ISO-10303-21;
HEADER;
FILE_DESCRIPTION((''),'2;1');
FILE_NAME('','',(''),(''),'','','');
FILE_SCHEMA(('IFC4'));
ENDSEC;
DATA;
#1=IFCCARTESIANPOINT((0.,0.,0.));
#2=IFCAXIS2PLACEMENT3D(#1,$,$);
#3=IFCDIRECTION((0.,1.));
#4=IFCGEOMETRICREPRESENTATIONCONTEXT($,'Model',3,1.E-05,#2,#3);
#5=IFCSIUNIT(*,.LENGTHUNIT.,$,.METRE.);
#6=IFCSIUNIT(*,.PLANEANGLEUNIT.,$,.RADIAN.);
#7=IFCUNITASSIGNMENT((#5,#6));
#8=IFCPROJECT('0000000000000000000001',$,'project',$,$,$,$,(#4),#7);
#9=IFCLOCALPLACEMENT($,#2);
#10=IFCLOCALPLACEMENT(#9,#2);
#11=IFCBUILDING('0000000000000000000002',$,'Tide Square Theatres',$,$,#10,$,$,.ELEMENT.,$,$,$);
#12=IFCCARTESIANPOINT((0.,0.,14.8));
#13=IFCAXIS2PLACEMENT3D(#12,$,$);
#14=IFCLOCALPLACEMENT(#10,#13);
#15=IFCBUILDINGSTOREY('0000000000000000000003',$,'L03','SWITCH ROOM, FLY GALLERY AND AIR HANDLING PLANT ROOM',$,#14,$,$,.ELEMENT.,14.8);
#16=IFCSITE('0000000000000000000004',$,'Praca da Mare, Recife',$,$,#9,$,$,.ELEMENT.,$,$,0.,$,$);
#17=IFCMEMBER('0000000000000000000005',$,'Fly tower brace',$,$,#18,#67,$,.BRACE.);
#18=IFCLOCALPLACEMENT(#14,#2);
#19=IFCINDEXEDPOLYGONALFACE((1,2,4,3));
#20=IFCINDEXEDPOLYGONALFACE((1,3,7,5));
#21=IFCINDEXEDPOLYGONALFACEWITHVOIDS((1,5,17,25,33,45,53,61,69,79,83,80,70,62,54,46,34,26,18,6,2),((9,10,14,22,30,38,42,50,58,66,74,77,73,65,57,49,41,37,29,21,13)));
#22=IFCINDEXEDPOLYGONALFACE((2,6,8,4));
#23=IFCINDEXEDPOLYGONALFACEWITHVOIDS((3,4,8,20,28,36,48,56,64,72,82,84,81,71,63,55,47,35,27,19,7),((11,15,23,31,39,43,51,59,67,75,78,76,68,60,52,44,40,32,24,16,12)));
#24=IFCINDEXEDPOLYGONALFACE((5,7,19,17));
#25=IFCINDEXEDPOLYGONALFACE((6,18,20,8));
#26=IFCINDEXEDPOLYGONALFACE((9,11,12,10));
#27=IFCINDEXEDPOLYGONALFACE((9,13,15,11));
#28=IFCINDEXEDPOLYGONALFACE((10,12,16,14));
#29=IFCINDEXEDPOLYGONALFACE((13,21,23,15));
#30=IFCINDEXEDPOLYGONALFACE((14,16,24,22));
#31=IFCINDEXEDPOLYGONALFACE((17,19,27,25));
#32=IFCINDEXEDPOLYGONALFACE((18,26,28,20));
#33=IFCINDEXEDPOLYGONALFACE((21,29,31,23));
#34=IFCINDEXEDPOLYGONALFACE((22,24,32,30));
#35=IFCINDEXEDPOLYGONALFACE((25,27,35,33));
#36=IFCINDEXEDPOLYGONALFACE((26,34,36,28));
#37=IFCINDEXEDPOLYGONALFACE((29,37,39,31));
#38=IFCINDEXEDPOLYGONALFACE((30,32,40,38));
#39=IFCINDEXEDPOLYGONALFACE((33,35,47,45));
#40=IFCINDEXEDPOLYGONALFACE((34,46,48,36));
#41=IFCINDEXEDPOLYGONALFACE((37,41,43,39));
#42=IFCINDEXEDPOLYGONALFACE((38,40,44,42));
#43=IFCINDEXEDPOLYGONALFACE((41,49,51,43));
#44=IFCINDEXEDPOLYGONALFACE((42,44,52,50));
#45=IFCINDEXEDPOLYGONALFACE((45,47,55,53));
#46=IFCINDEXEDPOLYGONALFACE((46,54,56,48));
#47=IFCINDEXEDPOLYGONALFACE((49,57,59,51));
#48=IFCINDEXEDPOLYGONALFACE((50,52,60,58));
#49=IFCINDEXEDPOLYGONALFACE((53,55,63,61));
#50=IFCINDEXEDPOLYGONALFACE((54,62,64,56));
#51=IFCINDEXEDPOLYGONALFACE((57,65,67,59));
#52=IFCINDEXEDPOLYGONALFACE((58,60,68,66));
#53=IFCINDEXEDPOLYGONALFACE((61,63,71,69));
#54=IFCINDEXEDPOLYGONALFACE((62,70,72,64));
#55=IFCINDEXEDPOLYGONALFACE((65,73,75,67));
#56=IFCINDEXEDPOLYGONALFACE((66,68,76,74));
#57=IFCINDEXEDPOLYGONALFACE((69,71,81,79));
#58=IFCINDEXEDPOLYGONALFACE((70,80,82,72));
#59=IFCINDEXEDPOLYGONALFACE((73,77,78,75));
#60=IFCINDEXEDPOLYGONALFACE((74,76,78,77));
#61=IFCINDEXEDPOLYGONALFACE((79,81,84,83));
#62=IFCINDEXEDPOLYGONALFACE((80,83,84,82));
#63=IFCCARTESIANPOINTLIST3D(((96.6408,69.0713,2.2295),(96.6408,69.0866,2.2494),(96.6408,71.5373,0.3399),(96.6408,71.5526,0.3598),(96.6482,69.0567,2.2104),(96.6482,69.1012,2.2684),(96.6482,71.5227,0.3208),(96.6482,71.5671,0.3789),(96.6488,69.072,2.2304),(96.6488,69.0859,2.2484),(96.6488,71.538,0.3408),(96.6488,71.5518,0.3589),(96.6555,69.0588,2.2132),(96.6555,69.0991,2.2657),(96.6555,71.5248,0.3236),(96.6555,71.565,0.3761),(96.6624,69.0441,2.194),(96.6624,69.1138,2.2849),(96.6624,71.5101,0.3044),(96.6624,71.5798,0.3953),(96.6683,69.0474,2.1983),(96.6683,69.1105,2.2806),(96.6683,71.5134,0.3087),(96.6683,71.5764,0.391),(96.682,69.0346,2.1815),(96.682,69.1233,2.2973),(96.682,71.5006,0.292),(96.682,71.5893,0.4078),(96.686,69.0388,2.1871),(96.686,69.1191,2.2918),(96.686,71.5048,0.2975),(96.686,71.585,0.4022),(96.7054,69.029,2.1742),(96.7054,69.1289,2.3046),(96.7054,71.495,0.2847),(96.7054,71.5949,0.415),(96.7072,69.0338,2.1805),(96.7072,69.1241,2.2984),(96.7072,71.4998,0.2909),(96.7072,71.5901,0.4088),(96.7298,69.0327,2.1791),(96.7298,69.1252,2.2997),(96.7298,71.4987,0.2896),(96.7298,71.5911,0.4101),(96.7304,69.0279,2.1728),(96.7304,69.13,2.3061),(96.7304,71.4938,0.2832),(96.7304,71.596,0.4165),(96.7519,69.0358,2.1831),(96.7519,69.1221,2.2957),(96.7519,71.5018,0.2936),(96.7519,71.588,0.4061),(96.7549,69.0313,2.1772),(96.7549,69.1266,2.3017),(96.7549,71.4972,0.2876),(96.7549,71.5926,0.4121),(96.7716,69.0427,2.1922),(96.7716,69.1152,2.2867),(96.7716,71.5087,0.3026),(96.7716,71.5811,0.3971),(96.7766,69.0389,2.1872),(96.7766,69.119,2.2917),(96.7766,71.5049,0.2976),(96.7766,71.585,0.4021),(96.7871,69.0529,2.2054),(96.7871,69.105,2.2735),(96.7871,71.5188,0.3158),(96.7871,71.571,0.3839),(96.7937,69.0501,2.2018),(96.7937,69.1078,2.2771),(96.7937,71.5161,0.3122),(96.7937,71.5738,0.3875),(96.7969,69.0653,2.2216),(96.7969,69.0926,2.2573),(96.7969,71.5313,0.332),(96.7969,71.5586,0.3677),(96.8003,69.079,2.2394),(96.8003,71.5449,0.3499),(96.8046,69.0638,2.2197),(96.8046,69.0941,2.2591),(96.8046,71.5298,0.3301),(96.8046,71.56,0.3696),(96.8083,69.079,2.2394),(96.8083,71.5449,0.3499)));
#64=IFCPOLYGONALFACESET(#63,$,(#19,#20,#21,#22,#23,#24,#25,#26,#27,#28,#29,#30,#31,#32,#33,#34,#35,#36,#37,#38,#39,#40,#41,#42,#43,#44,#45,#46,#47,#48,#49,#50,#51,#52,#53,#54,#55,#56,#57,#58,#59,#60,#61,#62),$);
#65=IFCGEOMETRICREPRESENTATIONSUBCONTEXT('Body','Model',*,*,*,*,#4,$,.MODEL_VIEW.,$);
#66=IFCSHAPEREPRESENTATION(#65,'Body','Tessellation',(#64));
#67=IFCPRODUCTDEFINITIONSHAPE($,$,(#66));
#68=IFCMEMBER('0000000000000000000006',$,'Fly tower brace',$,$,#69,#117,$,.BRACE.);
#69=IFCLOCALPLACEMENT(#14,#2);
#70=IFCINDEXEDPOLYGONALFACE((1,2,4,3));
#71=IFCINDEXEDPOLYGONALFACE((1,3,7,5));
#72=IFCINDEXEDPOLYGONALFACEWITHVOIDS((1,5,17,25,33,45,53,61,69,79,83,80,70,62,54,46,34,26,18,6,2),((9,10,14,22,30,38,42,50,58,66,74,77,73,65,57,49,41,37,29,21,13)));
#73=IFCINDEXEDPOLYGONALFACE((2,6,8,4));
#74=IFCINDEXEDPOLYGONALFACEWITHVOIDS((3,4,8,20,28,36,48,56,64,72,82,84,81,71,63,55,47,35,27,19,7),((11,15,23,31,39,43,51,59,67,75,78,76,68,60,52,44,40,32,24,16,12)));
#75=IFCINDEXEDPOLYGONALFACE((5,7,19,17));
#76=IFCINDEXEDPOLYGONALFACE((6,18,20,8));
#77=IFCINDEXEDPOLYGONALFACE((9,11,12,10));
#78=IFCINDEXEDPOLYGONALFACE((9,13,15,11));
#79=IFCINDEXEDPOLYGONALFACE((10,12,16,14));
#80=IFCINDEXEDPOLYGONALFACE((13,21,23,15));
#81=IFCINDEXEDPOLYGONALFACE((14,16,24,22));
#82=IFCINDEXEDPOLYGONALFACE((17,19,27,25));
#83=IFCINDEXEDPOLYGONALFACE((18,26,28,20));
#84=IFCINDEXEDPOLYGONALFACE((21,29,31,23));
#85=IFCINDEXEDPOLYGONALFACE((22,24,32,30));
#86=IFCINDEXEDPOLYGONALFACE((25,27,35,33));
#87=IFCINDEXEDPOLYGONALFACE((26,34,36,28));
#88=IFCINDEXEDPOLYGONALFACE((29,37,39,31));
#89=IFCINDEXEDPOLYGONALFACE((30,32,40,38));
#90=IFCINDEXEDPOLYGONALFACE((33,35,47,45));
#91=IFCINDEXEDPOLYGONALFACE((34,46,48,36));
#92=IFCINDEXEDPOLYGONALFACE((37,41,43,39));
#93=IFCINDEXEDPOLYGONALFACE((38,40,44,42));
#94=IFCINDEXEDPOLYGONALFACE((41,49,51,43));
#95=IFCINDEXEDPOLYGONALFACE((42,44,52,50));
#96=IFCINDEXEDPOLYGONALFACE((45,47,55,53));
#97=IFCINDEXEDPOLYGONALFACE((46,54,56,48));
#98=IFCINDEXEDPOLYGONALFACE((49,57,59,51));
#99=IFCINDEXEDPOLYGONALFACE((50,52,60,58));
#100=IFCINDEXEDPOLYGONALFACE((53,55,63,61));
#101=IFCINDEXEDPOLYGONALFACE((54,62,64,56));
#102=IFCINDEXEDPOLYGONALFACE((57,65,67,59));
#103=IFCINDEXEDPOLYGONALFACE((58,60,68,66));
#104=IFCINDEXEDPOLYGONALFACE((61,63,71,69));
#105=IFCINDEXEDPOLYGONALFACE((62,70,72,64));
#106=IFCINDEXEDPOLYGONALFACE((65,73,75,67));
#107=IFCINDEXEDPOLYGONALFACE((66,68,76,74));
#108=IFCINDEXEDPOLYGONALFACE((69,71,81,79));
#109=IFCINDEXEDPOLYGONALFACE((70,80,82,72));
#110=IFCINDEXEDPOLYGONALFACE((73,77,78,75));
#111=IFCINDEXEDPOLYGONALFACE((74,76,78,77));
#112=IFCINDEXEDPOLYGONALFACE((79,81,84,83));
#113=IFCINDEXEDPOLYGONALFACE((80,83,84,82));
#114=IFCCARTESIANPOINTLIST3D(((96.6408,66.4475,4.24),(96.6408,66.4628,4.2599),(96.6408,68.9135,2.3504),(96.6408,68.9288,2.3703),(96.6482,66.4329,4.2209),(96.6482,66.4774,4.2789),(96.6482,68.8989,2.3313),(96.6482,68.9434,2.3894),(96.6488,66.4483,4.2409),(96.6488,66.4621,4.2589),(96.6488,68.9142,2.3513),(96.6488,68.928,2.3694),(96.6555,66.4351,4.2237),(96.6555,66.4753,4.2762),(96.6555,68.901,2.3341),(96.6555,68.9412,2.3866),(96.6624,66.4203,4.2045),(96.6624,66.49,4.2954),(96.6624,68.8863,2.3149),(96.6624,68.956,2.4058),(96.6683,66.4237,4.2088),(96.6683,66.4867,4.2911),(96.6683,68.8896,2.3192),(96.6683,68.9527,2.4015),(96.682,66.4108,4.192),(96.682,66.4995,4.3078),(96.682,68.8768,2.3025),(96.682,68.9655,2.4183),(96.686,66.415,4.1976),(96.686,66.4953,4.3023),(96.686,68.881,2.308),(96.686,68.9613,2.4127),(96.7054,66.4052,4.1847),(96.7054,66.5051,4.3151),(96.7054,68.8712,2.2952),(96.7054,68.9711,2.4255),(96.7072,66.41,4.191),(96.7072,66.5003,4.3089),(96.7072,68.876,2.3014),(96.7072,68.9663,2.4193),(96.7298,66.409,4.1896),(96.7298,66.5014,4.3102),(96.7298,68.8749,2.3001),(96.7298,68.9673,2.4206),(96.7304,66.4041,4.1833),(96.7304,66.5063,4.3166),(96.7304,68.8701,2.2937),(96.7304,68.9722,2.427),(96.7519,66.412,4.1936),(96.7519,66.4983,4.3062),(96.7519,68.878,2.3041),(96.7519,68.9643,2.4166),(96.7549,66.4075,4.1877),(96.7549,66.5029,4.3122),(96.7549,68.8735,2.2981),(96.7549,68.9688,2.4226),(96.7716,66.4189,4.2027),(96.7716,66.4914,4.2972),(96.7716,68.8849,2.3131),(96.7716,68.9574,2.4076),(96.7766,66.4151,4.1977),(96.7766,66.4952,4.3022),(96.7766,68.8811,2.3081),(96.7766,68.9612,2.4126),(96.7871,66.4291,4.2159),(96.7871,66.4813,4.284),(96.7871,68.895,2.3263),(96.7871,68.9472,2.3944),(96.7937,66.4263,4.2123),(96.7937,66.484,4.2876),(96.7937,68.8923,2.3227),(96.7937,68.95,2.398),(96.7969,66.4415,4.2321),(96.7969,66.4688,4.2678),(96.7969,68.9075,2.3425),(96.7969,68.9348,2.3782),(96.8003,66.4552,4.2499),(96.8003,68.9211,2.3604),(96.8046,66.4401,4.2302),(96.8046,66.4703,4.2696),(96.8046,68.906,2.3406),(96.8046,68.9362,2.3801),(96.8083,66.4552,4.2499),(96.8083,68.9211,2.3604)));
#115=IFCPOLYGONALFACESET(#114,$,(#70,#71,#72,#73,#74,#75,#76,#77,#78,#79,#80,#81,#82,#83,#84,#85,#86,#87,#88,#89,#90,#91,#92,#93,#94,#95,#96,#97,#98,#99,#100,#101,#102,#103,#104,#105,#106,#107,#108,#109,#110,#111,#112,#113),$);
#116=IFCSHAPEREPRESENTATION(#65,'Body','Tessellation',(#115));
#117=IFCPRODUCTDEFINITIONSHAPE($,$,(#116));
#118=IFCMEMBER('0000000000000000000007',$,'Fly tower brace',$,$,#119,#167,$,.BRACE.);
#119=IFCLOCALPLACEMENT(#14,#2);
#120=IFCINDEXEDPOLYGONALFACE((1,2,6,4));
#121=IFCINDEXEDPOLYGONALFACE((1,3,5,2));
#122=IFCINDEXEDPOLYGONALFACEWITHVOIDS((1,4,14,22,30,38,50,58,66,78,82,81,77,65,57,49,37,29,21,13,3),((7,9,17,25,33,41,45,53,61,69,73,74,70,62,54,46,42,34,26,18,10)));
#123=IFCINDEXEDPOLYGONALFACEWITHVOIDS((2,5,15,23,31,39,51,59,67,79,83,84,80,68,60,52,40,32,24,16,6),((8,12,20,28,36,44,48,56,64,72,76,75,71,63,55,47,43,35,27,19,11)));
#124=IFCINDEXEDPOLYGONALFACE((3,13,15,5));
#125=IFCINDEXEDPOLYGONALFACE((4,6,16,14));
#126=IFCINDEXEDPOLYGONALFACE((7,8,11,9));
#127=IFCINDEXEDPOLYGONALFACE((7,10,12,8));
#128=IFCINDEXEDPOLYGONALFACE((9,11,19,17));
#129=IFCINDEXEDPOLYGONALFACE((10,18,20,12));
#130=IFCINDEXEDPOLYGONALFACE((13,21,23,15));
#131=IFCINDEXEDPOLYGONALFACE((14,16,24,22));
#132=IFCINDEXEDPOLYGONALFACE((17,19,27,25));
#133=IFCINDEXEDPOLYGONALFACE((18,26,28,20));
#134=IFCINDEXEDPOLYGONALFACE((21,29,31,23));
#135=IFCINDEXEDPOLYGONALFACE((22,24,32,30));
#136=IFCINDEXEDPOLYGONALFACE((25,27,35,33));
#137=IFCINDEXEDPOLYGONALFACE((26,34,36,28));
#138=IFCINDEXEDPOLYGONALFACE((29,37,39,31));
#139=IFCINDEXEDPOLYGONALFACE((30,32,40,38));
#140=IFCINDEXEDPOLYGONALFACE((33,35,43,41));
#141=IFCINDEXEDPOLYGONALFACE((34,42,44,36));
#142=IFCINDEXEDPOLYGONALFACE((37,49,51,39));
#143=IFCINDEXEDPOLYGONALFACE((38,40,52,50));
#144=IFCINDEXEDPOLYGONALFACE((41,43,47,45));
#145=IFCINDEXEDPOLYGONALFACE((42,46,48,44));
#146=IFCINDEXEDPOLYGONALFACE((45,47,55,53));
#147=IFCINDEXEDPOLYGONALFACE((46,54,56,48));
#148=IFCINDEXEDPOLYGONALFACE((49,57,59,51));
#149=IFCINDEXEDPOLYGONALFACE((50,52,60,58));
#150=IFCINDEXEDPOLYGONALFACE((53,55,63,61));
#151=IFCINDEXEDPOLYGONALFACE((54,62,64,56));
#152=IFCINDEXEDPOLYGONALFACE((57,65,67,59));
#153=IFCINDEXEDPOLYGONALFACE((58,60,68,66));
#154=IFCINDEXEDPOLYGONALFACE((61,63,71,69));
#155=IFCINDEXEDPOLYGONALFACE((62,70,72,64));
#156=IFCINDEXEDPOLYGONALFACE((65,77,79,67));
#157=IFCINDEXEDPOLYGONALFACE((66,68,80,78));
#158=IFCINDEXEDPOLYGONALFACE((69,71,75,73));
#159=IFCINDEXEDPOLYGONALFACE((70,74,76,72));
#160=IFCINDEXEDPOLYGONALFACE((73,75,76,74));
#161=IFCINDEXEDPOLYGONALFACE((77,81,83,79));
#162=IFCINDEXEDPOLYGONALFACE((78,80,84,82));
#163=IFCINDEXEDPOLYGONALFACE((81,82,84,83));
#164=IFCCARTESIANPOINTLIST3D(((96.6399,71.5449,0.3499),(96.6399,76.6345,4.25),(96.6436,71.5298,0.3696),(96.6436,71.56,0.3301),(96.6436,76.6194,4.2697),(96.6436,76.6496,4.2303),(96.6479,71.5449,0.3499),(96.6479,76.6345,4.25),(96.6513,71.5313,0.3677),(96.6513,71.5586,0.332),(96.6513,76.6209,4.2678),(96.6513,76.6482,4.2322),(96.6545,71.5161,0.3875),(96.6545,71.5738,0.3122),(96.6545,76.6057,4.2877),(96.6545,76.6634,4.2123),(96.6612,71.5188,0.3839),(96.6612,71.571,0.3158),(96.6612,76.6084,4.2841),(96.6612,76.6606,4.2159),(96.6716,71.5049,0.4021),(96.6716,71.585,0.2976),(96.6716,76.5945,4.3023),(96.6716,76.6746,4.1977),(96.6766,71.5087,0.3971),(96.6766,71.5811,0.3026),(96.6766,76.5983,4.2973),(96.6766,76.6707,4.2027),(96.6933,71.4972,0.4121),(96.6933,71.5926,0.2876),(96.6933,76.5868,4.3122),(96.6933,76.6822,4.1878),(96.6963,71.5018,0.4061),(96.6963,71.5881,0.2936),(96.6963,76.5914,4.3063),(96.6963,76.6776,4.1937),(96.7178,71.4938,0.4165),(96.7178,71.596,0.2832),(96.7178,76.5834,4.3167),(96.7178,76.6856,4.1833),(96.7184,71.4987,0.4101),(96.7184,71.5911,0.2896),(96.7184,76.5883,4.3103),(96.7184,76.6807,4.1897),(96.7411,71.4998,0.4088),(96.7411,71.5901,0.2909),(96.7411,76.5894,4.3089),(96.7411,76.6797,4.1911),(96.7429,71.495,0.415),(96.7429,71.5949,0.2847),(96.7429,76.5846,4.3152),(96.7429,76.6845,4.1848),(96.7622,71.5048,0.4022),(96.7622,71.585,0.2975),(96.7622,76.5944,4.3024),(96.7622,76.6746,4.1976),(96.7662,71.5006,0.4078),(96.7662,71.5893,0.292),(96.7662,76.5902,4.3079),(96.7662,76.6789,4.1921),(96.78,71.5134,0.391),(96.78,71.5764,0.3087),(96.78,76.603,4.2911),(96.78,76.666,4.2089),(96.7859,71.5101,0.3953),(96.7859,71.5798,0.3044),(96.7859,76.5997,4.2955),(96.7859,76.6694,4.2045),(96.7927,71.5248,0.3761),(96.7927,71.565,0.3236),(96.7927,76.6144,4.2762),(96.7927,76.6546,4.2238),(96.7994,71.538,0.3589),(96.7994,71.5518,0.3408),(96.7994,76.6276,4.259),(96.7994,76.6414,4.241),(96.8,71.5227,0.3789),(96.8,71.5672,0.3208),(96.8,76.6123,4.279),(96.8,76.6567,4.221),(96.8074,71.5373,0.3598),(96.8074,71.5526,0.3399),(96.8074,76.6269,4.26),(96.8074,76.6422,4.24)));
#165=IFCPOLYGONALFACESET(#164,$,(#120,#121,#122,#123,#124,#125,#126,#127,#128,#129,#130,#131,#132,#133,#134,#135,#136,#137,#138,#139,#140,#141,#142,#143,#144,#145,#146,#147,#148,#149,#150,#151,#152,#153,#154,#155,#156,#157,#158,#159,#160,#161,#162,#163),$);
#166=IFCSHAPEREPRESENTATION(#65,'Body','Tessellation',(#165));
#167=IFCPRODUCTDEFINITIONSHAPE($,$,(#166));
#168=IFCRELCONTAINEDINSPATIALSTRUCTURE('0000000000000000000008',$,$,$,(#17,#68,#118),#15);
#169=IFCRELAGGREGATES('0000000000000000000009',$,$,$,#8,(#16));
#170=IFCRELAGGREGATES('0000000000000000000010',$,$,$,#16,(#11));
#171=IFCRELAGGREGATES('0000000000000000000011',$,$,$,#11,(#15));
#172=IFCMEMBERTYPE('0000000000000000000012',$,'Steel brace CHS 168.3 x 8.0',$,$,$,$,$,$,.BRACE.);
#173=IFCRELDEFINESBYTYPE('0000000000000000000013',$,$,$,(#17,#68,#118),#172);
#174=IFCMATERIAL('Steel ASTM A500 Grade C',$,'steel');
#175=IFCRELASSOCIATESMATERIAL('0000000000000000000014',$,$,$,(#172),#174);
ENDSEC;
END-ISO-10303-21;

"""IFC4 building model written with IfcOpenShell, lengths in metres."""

from ifc_helpers import new_model, si_unit, direction, frame, origin, origin_2d, place, context, subcontext, project, spatial, hollow_circle, extrude, material, material_profile, profile_set, type_object, element, save


model = new_model("IFC4")

# Units and contexts
model_context = context("Model", 3, precision=1e-05, world=origin(), true_north=direction((0.0, 1.0)))
body_context = subcontext(model_context, "Body", "Model", "MODEL_VIEW")
ifc_project = project(units=[si_unit("LENGTHUNIT", "METRE"), si_unit("PLANEANGLEUNIT", "RADIAN")], contexts=[model_context])

# Site, building, storey
site_placement = place(None, origin())
site = spatial("IfcSite", under=ifc_project, at=site_placement, Name="Praca da Mare, Recife", CompositionType="ELEMENT", RefElevation=0.0)
building_placement = place(site_placement, origin())
building = spatial("IfcBuilding", under=site, at=building_placement, Name="Tide Square Theatres", CompositionType="ELEMENT")
storey_placement = place(building_placement, frame((0.0, 0.0, 14.8)))
storey = spatial("IfcBuildingStorey", under=building, at=storey_placement, Name="L03", Description="SWITCH ROOM, FLY GALLERY AND AIR HANDLING PLANT ROOM", CompositionType="ELEMENT", Elevation=14.8)

# Members
ifc_material_1 = material(Name="Steel ASTM A500 Grade C", Category="steel")
ifc_material_profile_1 = material_profile(ifc_material_1, hollow_circle(Radius=0.0842, WallThickness=0.0081, at=origin_2d()))
ifc_profile_set_1 = profile_set([ifc_material_profile_1], Name="Steel ASTM A500 Grade C")
member_type = type_object("IfcMemberType", Name="Steel brace CHS 168.3 x 8.0", PredefinedType="BRACE", material=ifc_profile_set_1)
for number, where, z_axis, x_axis, name in (
    (1, (96.7241, 71.5449, 0.3499), (0.0, -0.793762, 0.608229), (1.0, 0.0, 0.0), "Fly tower brace"),
    (2, (96.7241, 68.9211, 2.3604), (0.0, -0.793762, 0.608229), (1.0, 0.0, 0.0), "Fly tower brace"),
):
    element("IfcMember", number, at=place(storey_placement, frame(where, z_axis=z_axis, x_axis=x_axis)), inside=storey, type_object=member_type, Name=name, PredefinedType="BRACE", context=body_context, shape_type="SweptSolid", body=[
        extrude(hollow_circle(Radius=0.0842, WallThickness=0.0081, at=origin_2d()), origin(), (0.0, 0.0, 1.0), 3.1067),
    ])
member_1_placement = place(storey_placement, frame((96.7241, 71.5449, 0.3499), z_axis=(0.0, 0.793748, 0.608247), x_axis=(-1.0, 0.0, 0.0)))
element("IfcMember", 3, at=member_1_placement, inside=storey, type_object=member_type, Name="Fly tower brace", PredefinedType="BRACE", context=body_context, shape_type="SweptSolid", body=[
    extrude(hollow_circle(Radius=0.0842, WallThickness=0.0081, at=origin_2d()), origin(), (0.0, 0.0, 1.0), 6.4121),
])

save(model, "model.ifc")
